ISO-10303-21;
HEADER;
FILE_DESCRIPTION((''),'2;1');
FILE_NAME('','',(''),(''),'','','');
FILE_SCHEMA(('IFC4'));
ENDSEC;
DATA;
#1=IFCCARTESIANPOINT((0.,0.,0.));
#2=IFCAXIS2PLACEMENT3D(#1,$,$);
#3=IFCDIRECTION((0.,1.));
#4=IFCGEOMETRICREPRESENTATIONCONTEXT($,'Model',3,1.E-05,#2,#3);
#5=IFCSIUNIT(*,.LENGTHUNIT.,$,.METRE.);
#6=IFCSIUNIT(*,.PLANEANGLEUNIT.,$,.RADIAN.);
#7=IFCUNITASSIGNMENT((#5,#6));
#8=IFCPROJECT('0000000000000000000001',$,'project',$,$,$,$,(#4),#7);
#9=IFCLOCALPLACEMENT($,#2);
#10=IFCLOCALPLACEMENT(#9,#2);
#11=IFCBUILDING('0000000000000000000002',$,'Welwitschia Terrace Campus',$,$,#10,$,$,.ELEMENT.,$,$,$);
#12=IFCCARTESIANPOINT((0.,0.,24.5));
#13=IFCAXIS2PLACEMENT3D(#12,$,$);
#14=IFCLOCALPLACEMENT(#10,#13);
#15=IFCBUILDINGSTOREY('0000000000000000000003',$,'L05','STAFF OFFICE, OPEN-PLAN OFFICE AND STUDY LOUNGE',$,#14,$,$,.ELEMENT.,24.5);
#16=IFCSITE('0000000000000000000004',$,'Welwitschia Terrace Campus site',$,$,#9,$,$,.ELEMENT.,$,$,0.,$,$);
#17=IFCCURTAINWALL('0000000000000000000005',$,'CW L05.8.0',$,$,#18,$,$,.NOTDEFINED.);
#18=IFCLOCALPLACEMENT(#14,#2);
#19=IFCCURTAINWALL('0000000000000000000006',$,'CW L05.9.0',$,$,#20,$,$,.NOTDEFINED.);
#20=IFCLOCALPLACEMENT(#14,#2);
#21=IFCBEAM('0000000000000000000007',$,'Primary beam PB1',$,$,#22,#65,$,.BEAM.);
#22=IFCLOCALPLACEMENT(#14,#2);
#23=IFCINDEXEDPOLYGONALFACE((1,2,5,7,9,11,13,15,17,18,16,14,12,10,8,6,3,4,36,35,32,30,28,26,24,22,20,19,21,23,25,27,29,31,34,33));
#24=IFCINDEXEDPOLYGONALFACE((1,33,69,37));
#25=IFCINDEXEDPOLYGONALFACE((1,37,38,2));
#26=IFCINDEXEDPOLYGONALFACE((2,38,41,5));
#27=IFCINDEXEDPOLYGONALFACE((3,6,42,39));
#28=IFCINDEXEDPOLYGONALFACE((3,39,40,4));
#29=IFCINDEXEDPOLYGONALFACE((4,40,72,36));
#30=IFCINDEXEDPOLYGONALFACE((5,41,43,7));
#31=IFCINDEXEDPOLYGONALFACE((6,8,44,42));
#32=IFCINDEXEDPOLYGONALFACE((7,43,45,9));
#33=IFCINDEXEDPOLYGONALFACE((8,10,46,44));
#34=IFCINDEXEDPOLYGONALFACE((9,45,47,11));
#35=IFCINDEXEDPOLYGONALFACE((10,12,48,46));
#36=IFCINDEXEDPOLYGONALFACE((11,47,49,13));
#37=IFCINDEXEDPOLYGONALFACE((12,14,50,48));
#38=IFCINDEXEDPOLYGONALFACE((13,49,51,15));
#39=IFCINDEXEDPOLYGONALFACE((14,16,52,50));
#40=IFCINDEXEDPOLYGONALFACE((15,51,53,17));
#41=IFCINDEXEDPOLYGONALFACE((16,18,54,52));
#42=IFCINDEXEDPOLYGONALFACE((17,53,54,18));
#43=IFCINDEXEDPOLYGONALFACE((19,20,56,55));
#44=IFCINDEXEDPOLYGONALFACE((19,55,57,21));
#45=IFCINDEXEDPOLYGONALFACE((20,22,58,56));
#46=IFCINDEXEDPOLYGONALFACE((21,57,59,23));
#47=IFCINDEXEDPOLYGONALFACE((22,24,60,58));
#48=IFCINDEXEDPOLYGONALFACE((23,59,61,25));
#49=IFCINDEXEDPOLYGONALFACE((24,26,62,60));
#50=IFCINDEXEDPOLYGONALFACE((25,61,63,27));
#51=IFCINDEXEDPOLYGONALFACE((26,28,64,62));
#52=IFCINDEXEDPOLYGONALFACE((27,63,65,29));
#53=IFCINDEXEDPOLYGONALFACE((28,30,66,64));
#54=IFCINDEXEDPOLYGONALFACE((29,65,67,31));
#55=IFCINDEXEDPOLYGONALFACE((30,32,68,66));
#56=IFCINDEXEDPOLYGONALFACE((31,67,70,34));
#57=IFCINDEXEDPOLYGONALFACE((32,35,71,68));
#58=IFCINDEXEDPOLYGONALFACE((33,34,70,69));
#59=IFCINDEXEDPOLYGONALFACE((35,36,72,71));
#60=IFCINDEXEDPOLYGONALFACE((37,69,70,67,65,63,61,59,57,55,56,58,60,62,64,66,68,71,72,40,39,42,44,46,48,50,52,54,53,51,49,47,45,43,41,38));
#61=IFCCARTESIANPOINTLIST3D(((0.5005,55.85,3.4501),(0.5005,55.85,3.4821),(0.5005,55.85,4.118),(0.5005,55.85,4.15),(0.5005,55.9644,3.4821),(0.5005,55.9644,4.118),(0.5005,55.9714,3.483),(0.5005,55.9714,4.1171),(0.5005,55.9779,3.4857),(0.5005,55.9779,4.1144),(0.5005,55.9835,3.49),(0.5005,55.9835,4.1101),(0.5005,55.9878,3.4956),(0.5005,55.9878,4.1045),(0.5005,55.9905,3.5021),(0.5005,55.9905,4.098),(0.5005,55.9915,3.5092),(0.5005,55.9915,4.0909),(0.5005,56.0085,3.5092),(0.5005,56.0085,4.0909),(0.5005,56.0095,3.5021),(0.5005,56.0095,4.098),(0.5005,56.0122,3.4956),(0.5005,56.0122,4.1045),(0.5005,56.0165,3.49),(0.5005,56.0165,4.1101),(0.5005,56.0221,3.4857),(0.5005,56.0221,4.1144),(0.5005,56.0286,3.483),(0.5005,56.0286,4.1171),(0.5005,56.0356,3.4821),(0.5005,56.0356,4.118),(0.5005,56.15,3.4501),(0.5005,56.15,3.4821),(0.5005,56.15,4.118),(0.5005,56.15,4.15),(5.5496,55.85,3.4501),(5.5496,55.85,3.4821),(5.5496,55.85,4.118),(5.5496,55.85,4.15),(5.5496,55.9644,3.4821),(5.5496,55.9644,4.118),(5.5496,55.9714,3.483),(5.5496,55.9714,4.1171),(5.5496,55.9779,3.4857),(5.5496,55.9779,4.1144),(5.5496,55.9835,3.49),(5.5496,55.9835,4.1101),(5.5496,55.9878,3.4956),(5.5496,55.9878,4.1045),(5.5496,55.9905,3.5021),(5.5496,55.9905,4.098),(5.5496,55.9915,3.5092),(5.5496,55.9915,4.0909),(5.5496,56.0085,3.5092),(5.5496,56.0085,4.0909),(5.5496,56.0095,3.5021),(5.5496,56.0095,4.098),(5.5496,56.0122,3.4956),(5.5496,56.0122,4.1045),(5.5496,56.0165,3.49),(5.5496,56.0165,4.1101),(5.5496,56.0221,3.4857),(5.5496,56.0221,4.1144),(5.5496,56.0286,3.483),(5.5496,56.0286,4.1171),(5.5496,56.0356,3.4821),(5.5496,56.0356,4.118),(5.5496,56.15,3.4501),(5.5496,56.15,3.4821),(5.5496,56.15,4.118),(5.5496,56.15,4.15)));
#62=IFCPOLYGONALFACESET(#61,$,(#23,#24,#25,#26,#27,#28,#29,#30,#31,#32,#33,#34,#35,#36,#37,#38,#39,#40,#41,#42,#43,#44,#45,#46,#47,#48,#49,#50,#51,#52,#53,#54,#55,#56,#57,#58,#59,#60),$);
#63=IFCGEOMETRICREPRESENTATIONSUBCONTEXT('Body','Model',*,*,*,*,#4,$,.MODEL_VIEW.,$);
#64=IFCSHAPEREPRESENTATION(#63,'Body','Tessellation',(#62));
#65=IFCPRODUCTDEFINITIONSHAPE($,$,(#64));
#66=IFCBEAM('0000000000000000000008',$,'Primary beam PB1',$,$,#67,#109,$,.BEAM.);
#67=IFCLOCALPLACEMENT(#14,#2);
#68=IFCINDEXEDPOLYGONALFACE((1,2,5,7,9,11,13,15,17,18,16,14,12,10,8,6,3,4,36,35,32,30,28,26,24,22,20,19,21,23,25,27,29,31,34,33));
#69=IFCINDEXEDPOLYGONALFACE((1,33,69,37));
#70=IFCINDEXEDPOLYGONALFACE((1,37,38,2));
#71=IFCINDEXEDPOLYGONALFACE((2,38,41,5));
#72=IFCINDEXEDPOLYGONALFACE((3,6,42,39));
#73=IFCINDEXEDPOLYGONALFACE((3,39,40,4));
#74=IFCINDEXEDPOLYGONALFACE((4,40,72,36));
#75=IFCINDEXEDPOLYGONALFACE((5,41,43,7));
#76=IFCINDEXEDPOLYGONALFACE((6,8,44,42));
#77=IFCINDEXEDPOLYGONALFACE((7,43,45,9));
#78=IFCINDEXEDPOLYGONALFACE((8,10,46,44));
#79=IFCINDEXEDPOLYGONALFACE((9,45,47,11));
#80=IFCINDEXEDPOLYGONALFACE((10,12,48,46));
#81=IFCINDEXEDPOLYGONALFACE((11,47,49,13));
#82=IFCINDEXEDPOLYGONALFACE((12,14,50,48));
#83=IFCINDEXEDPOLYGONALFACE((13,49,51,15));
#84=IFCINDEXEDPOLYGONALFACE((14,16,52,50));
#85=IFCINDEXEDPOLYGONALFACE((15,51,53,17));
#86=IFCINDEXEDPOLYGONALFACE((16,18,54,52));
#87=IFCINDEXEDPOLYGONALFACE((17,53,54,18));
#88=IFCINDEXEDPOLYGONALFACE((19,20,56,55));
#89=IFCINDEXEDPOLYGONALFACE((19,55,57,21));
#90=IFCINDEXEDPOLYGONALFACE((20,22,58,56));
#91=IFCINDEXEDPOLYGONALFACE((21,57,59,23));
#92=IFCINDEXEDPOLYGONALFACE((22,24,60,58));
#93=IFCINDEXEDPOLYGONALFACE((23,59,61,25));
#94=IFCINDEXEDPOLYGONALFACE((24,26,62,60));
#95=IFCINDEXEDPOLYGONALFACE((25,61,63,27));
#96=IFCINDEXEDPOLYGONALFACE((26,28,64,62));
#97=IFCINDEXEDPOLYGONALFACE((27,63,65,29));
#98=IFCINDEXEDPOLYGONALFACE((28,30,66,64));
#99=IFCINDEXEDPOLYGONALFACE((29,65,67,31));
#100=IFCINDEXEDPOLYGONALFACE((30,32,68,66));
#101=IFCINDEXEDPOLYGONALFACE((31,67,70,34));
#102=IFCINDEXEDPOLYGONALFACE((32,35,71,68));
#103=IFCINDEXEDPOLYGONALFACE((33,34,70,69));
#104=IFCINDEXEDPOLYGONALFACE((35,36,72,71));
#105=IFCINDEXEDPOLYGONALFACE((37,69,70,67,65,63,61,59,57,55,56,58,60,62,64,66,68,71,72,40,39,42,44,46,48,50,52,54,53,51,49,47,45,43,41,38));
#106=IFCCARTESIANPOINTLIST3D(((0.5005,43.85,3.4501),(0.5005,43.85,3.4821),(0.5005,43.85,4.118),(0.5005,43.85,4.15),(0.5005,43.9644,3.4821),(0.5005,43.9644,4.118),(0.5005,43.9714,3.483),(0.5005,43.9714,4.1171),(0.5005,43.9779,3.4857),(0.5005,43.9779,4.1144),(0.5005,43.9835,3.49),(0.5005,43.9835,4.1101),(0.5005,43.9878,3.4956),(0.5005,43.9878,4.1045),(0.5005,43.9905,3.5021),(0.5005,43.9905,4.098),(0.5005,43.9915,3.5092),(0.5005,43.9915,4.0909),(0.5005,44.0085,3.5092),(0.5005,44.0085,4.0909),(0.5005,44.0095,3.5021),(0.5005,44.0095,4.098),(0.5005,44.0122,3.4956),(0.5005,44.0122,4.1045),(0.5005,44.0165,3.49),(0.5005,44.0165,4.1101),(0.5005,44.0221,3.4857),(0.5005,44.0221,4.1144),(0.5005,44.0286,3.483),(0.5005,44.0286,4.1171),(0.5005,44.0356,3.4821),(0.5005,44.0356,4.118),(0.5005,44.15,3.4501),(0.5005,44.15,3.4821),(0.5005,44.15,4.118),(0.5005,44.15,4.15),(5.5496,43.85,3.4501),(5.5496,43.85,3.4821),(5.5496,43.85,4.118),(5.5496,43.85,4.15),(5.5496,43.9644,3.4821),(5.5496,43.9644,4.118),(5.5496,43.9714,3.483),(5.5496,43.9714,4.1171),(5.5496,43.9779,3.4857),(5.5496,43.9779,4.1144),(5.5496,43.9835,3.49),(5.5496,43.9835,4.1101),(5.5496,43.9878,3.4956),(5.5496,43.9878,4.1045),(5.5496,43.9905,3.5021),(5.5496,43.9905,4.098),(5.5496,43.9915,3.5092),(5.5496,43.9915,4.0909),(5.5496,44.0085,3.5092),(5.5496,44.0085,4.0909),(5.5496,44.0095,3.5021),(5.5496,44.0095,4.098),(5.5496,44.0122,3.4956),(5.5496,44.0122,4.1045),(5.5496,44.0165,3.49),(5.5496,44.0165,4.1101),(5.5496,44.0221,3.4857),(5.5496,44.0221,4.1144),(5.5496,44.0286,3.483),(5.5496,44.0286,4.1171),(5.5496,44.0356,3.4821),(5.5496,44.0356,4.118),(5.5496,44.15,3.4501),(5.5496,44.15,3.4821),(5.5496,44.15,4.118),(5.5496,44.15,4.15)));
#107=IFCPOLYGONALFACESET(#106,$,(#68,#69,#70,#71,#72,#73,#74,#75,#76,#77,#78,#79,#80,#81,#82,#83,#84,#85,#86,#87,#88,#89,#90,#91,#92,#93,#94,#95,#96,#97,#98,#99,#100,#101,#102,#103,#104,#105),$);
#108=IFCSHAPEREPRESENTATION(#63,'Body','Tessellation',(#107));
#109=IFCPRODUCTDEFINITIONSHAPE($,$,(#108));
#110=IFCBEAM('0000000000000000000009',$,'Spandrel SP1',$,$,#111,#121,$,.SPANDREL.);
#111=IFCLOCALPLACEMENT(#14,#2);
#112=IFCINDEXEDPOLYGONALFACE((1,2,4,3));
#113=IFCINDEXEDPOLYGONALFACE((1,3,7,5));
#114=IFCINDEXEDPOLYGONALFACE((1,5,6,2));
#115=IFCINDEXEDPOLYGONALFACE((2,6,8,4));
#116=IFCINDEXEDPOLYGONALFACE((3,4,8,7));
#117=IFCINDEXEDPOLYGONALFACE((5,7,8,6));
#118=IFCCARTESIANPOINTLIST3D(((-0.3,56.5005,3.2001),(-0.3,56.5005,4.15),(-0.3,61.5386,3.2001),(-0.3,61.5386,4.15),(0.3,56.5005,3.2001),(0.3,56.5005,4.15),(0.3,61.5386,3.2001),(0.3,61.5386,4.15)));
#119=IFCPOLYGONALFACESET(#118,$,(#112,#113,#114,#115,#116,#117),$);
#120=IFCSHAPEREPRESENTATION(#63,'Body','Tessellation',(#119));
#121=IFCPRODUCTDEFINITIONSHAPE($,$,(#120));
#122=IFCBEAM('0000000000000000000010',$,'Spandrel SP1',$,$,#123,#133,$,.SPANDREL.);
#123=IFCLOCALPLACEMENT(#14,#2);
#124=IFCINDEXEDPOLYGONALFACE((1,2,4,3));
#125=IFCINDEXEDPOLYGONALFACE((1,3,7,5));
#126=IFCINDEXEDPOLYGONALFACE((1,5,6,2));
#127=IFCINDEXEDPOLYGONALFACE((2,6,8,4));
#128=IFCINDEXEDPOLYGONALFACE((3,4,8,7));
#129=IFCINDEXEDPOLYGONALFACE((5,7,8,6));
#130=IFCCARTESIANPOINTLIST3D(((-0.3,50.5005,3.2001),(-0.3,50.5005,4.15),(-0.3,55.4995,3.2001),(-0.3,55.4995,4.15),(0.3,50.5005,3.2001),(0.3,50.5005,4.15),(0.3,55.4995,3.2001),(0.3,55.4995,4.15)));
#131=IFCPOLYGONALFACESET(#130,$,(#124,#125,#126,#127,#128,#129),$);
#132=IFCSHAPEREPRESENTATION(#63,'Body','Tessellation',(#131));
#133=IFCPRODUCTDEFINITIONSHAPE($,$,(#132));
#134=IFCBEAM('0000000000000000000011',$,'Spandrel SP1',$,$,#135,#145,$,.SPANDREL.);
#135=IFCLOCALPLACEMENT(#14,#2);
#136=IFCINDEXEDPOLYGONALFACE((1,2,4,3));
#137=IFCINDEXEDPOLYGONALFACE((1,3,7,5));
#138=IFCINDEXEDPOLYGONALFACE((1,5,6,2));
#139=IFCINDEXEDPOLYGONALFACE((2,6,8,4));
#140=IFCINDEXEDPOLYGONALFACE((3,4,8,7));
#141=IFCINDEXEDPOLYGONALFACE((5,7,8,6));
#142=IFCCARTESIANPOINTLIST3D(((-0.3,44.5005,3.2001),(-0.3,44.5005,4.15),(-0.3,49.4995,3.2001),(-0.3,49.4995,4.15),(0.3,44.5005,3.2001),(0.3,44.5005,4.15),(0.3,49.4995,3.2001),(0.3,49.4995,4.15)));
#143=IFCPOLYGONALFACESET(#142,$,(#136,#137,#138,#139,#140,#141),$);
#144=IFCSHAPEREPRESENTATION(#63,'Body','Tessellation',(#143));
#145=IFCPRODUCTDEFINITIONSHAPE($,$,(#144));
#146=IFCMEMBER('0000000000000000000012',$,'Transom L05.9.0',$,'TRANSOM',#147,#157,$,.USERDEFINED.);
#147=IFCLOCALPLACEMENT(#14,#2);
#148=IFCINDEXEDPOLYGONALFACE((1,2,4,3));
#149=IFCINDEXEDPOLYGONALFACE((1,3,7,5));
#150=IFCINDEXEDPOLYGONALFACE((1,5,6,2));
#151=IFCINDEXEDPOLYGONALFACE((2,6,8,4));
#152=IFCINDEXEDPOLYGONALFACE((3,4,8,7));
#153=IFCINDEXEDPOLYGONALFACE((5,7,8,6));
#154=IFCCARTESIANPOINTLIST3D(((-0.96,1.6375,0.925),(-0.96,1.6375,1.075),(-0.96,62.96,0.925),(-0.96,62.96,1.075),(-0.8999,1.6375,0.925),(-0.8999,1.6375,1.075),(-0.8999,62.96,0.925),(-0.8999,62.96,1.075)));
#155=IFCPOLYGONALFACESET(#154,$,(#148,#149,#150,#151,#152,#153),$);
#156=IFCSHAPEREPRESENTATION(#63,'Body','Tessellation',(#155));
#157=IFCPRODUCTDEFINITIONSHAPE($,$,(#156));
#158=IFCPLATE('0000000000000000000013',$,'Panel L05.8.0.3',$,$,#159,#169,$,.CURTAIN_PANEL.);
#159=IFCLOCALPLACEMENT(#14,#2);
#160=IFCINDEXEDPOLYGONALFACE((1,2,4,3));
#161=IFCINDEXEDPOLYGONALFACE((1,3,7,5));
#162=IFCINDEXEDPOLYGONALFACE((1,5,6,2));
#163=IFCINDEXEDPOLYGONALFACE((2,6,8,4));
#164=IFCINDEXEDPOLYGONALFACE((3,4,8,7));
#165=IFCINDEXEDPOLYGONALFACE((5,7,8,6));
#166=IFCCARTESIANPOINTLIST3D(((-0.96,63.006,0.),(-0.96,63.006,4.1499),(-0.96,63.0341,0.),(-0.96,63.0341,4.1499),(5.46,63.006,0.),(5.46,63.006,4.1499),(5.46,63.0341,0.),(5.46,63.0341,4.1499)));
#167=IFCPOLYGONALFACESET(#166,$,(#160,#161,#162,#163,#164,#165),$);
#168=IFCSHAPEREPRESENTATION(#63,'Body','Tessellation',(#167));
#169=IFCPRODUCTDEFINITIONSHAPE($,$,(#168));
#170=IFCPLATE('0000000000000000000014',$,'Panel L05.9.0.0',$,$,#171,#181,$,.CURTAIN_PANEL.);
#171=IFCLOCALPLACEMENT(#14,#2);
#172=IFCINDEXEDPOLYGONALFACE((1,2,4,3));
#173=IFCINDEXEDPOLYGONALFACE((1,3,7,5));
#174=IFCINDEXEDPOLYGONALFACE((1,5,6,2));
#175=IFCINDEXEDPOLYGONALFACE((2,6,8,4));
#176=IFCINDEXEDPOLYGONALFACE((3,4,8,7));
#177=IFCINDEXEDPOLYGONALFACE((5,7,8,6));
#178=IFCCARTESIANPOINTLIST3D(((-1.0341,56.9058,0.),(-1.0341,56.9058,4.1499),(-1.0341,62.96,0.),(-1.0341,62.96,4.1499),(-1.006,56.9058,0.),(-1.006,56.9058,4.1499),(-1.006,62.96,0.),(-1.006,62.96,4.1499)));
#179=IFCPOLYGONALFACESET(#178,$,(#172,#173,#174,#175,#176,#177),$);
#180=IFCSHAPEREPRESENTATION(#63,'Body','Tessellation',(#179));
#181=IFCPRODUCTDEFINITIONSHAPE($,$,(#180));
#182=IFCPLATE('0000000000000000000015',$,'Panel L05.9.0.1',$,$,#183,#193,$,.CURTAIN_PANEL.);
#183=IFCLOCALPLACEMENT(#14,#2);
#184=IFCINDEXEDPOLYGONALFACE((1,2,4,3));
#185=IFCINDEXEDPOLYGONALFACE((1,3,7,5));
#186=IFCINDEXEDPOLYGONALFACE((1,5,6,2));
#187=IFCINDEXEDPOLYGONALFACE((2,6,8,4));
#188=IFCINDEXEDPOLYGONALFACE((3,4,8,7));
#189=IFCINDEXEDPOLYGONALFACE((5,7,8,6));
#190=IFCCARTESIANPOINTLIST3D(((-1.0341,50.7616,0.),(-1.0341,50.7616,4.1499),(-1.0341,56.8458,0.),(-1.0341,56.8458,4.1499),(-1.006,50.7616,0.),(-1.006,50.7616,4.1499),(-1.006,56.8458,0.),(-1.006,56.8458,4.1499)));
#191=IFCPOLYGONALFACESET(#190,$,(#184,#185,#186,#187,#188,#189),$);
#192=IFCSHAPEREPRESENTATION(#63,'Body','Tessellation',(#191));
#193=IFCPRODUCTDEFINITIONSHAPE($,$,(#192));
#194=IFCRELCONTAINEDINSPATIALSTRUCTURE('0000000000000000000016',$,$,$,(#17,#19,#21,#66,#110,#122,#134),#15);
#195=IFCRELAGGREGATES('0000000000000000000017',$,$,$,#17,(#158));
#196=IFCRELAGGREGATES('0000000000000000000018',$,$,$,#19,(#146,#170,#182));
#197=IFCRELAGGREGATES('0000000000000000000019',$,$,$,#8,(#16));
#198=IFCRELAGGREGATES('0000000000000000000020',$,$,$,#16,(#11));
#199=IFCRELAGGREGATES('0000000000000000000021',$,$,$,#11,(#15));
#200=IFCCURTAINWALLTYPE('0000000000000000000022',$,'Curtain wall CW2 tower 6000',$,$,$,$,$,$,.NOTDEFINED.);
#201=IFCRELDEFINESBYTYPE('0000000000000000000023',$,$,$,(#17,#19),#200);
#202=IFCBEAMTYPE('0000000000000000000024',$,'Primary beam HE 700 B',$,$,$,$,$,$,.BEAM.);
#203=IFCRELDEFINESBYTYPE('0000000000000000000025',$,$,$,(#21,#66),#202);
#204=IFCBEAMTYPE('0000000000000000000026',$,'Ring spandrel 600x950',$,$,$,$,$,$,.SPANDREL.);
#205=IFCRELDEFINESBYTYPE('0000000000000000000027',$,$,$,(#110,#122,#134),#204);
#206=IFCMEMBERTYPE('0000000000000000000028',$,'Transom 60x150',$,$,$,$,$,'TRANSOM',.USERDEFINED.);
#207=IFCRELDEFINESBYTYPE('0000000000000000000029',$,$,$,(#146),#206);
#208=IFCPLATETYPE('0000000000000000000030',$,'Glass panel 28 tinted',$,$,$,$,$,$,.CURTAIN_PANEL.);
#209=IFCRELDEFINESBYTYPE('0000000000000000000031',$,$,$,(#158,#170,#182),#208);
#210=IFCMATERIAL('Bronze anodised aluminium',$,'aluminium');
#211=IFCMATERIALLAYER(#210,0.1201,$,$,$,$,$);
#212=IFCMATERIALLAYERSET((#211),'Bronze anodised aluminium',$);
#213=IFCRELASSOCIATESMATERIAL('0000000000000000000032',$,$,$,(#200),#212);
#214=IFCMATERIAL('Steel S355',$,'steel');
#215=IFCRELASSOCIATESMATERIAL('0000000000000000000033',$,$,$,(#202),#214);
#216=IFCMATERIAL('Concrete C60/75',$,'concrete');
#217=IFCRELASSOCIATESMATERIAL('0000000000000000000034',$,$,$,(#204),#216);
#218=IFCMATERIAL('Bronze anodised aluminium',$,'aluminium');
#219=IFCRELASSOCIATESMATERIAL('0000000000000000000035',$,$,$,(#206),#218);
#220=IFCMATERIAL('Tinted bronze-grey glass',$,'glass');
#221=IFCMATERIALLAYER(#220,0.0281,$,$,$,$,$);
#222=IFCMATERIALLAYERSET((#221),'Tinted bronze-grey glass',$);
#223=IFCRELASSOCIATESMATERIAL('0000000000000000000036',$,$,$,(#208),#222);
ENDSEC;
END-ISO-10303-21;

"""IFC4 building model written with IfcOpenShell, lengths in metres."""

from ifc_helpers import new_model, si_unit, direction, frame, origin, origin_2d, place, context, subcontext, project, spatial, rectangle, i_section, extrude, material, layer, layer_set, material_profile, profile_set, type_object, element, aggregate, save


model = new_model("IFC4")

# Units and contexts
model_context = context("Model", 3, precision=1e-05, world=origin(), true_north=direction((0.0, 1.0)))
body_context = subcontext(model_context, "Body", "Model", "MODEL_VIEW")
ifc_project = project(units=[si_unit("LENGTHUNIT", "METRE"), si_unit("PLANEANGLEUNIT", "RADIAN")], contexts=[model_context])

# Site, building, storey
site_placement = place(None, origin())
site = spatial("IfcSite", under=ifc_project, at=site_placement, Name="Welwitschia Terrace Campus site", CompositionType="ELEMENT", RefElevation=0.0)
building_placement = place(site_placement, origin())
building = spatial("IfcBuilding", under=site, at=building_placement, Name="Welwitschia Terrace Campus", CompositionType="ELEMENT")
storey_placement = place(building_placement, frame((0.0, 0.0, 24.5)))
storey = spatial("IfcBuildingStorey", under=building, at=storey_placement, Name="L05", Description="STAFF OFFICE, OPEN-PLAN OFFICE AND STUDY LOUNGE", CompositionType="ELEMENT", Elevation=24.5)

# Curtain walls
ifc_material_1 = material(Name="Bronze anodised aluminium", Category="aluminium")
ifc_layer_1 = layer(ifc_material_1, 0.1201)
ifc_layer_set_1 = layer_set([ifc_layer_1], Name="Bronze anodised aluminium")
curtain_wall_type = type_object("IfcCurtainWallType", Name="Curtain wall CW2 tower 6000", PredefinedType="NOTDEFINED", material=ifc_layer_set_1)
curtain_wall_1_placement = place(storey_placement, origin())
curtain_wall_1 = element("IfcCurtainWall", 1, at=curtain_wall_1_placement, inside=storey, type_object=curtain_wall_type, Name="CW L05.8.0", PredefinedType="NOTDEFINED")
curtain_wall_2_placement = place(storey_placement, origin())
curtain_wall_2 = element("IfcCurtainWall", 2, at=curtain_wall_2_placement, inside=storey, type_object=curtain_wall_type, Name="CW L05.9.0", PredefinedType="NOTDEFINED")

# Beams
ifc_material_2 = material(Name="Steel S355", Category="steel")
ifc_material_profile_1 = material_profile(ifc_material_2, i_section(OverallWidth=0.3, OverallDepth=0.7, WebThickness=0.0171, FlangeThickness=0.032, FilletRadius=0.0271, at=origin_2d()))
ifc_profile_set_1 = profile_set([ifc_material_profile_1], Name="Steel S355")
beam_type_1 = type_object("IfcBeamType", Name="Primary beam HE 700 B", PredefinedType="BEAM", material=ifc_profile_set_1)
for number, where, z_axis, x_axis, name in (
    (3, (0.5005, 56.0, 3.8), (1.0, 0.0, 0.0), (0.0, 1.0, 0.0), "Primary beam PB1"),
    (4, (0.5005, 44.0, 3.8), (1.0, 0.0, 0.0), (0.0, 1.0, 0.0), "Primary beam PB1"),
):
    element("IfcBeam", number, at=place(storey_placement, frame(where, z_axis=z_axis, x_axis=x_axis)), inside=storey, type_object=beam_type_1, Name=name, PredefinedType="BEAM", context=body_context, shape_type="SweptSolid", body=[
        extrude(i_section(OverallWidth=0.3, OverallDepth=0.7, WebThickness=0.0171, FlangeThickness=0.032, FilletRadius=0.0271, at=origin_2d()), origin(), (0.0, 0.0, 1.0), 5.0491),
    ])
ifc_material_3 = material(Name="Concrete C60/75", Category="concrete")
ifc_material_profile_2 = material_profile(ifc_material_3, rectangle(XDim=0.6001, YDim=0.95, at=origin_2d()))
ifc_profile_set_2 = profile_set([ifc_material_profile_2], Name="Concrete C60/75")
beam_type_2 = type_object("IfcBeamType", Name="Ring spandrel 600x950", PredefinedType="SPANDREL", material=ifc_profile_set_2)
beam_placement = place(storey_placement, frame((0.0, 61.5386, 3.675), z_axis=(0.0, -1.0, 0.0), x_axis=(1.0, 0.0, 0.0)))
element("IfcBeam", 5, at=beam_placement, inside=storey, type_object=beam_type_2, Name="Spandrel SP1", PredefinedType="SPANDREL", context=body_context, shape_type="SweptSolid", body=[
    extrude(rectangle(XDim=0.6001, YDim=0.95, at=origin_2d()), origin(), (0.0, 0.0, 1.0), 5.0381),
])
for number, where, z_axis, x_axis, name in (
    (6, (0.0, 55.4995, 3.675), (0.0, -1.0, 0.0), (1.0, 0.0, 0.0), "Spandrel SP1"),
    (7, (0.0, 49.4995, 3.675), (0.0, -1.0, 0.0), (1.0, 0.0, 0.0), "Spandrel SP1"),
):
    element("IfcBeam", number, at=place(storey_placement, frame(where, z_axis=z_axis, x_axis=x_axis)), inside=storey, type_object=beam_type_2, Name=name, PredefinedType="SPANDREL", context=body_context, shape_type="SweptSolid", body=[
        extrude(rectangle(XDim=0.6001, YDim=0.95, at=origin_2d()), origin(), (0.0, 0.0, 1.0), 4.999),
    ])

# Member
ifc_material_4 = material(Name="Bronze anodised aluminium", Category="aluminium")
ifc_material_profile_3 = material_profile(ifc_material_4, rectangle(XDim=0.0601, YDim=0.1499, at=origin_2d()))
ifc_profile_set_3 = profile_set([ifc_material_profile_3], Name="Bronze anodised aluminium")
member_type_1 = type_object("IfcMemberType", Name="Transom 60x150", ElementType="TRANSOM", PredefinedType="USERDEFINED", material=ifc_profile_set_3)
member_1_placement = place(storey_placement, frame((-0.9299, 62.96, 1.0), z_axis=(0.0, -1.0, 0.0), x_axis=(1.0, 0.0, 0.0)))
member_1 = element("IfcMember", 8, at=member_1_placement, type_object=member_type_1, Name="Transom L05.9.0", ObjectType="TRANSOM", PredefinedType="USERDEFINED", context=body_context, shape_type="SweptSolid", body=[
    extrude(rectangle(XDim=0.0601, YDim=0.1499, at=origin_2d()), origin(), (0.0, 0.0, 1.0), 61.3225),
])

# Plates
ifc_material_5 = material(Name="Tinted bronze-grey glass", Category="glass")
ifc_layer_2 = layer(ifc_material_5, 0.0281)
ifc_layer_set_2 = layer_set([ifc_layer_2], Name="Tinted bronze-grey glass")
plate_type = type_object("IfcPlateType", Name="Glass panel 28 tinted", PredefinedType="CURTAIN_PANEL", material=ifc_layer_set_2)
plate_1_placement = place(storey_placement, frame((2.25, 63.02, 0.0), z_axis=(0.0, 0.0, 1.0), x_axis=(-1.0, 0.0, 0.0)))
plate_1 = element("IfcPlate", 9, at=plate_1_placement, type_object=plate_type, Name="Panel L05.8.0.3", PredefinedType="CURTAIN_PANEL", context=body_context, shape_type="SweptSolid", body=[
    extrude(rectangle(XDim=6.4199, YDim=0.0281, at=origin_2d()), origin(), (0.0, 0.0, 1.0), 4.1499),
])
aggregate(curtain_wall_1, [plate_1])
plate_2_placement = place(storey_placement, frame((-1.02, 59.9329, 0.0), z_axis=(0.0, 0.0, 1.0), x_axis=(0.0, -1.0, 0.0)))
plate_2 = element("IfcPlate", 10, at=plate_2_placement, type_object=plate_type, Name="Panel L05.9.0.0", PredefinedType="CURTAIN_PANEL", context=body_context, shape_type="SweptSolid", body=[
    extrude(rectangle(XDim=6.0542, YDim=0.0281, at=origin_2d()), origin(), (0.0, 0.0, 1.0), 4.1499),
])
plate_3_placement = place(storey_placement, frame((-1.02, 53.8037, 0.0), z_axis=(0.0, 0.0, 1.0), x_axis=(0.0, -1.0, 0.0)))
plate_3 = element("IfcPlate", 11, at=plate_3_placement, type_object=plate_type, Name="Panel L05.9.0.1", PredefinedType="CURTAIN_PANEL", context=body_context, shape_type="SweptSolid", body=[
    extrude(rectangle(XDim=6.0842, YDim=0.0281, at=origin_2d()), origin(), (0.0, 0.0, 1.0), 4.1499),
])
aggregate(curtain_wall_2, [member_1, plate_2, plate_3])

save(model, "model.ifc")
